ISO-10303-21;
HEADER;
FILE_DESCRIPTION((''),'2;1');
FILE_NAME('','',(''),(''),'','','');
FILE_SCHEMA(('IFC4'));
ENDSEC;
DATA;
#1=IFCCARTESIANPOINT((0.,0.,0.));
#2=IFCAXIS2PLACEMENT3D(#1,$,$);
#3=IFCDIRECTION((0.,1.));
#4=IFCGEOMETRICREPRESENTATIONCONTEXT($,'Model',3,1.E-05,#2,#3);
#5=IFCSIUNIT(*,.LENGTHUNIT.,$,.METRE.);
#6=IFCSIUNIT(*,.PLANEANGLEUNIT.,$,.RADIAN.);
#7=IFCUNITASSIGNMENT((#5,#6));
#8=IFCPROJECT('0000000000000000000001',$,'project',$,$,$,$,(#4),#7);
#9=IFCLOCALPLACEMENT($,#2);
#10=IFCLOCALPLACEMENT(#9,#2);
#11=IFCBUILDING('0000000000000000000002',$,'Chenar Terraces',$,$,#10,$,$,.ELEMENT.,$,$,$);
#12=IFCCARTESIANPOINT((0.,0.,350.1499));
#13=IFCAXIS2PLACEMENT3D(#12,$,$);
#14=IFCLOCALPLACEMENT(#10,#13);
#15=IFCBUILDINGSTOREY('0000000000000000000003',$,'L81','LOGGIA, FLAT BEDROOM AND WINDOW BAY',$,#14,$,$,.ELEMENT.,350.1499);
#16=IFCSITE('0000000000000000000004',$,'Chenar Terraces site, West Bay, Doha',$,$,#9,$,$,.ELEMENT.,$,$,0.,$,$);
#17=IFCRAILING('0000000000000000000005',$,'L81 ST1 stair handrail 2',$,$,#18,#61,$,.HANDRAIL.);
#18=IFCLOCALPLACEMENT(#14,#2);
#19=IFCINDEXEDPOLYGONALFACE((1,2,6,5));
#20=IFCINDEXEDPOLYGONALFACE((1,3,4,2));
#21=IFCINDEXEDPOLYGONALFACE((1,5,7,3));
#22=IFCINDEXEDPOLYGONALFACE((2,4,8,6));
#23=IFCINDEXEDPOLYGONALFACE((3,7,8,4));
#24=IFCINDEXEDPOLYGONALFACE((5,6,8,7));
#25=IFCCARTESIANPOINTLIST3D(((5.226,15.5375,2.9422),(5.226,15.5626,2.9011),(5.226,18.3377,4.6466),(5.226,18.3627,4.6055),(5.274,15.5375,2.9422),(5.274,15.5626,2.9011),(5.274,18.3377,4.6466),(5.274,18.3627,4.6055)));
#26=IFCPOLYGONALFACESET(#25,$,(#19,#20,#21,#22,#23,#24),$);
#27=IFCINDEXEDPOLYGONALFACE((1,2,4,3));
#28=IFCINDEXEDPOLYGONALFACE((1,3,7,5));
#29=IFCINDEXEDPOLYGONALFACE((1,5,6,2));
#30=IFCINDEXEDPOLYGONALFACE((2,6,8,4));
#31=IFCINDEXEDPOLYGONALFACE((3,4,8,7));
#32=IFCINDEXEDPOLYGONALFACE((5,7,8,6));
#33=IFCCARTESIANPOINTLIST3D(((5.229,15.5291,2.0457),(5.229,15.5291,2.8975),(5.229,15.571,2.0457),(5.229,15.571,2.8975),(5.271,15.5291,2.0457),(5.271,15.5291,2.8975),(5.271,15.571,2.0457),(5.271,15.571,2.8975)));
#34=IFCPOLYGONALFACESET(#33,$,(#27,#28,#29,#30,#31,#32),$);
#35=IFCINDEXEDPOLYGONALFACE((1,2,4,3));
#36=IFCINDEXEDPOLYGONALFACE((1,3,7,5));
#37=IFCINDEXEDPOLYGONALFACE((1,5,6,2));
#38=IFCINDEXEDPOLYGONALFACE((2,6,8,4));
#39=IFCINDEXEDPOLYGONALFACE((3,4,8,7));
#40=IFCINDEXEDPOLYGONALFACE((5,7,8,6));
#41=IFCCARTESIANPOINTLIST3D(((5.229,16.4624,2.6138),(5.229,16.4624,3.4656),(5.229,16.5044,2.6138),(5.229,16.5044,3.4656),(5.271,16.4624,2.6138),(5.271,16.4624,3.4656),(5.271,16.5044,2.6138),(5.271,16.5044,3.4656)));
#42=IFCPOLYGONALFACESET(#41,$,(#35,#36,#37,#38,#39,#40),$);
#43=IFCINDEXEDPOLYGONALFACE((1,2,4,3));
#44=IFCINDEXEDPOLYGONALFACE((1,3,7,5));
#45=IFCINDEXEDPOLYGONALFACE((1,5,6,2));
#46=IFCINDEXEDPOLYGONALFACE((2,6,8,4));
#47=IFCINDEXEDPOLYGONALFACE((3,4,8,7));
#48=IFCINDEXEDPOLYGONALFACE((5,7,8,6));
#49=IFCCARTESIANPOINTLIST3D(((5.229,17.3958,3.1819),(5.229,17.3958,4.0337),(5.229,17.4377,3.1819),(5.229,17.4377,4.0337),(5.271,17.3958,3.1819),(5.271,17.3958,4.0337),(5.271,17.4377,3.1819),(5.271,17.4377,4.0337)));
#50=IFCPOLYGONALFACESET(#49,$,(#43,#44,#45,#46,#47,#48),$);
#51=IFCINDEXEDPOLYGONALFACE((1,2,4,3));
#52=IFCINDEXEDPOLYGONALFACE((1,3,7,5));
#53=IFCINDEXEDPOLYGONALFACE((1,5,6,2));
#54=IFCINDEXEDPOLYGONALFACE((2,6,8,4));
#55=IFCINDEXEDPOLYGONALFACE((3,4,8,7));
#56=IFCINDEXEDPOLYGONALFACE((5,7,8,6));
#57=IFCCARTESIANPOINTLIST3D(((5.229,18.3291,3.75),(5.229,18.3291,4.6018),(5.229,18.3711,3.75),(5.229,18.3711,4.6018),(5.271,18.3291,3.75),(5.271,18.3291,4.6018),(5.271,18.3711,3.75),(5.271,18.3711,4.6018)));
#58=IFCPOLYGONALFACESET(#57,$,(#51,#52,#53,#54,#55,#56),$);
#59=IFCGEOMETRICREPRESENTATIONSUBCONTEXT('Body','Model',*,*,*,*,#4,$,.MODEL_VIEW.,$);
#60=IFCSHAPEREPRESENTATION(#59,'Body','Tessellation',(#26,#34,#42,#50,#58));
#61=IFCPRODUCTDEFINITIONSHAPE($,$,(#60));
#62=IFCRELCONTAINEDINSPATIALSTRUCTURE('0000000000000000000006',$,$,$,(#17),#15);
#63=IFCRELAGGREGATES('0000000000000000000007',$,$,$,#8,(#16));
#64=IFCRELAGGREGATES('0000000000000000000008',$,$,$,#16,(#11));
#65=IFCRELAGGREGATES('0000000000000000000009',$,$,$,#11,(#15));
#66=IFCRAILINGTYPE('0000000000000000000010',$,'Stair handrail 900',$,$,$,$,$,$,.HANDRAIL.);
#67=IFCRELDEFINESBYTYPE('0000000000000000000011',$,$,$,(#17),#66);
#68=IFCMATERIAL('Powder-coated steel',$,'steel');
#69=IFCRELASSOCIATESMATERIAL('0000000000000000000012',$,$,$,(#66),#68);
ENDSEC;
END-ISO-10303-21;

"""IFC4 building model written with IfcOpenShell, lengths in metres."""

from ifc_helpers import new_model, si_unit, direction, frame, origin, origin_2d, place, context, subcontext, project, spatial, rectangle, extrude, material, type_object, element, save


model = new_model("IFC4")

# Units and contexts
model_context = context("Model", 3, precision=1e-05, world=origin(), true_north=direction((0.0, 1.0)))
body_context = subcontext(model_context, "Body", "Model", "MODEL_VIEW")
ifc_project = project(units=[si_unit("LENGTHUNIT", "METRE"), si_unit("PLANEANGLEUNIT", "RADIAN")], contexts=[model_context])

# Site, building, storey
site_placement = place(None, origin())
site = spatial("IfcSite", under=ifc_project, at=site_placement, Name="Chenar Terraces site, West Bay, Doha", CompositionType="ELEMENT", RefElevation=0.0)
building_placement = place(site_placement, origin())
building = spatial("IfcBuilding", under=site, at=building_placement, Name="Chenar Terraces", CompositionType="ELEMENT")
storey_placement = place(building_placement, frame((0.0, 0.0, 350.1499)))
storey = spatial("IfcBuildingStorey", under=building, at=storey_placement, Name="L81", Description="LOGGIA, FLAT BEDROOM AND WINDOW BAY", CompositionType="ELEMENT", Elevation=350.1499)

# Railing
ifc_material_1 = material(Name="Powder-coated steel", Category="steel")
railing_type_1 = type_object("IfcRailingType", Name="Stair handrail 900", PredefinedType="HANDRAIL", material=ifc_material_1)
railing_1_placement = place(storey_placement, frame((5.25, 15.55, 2.0457)))
element("IfcRailing", 1, at=railing_1_placement, inside=storey, type_object=railing_type_1, Name="L81 ST1 stair handrail 2", PredefinedType="HANDRAIL", context=body_context, shape_type="SweptSolid", body=[
    extrude(rectangle(XDim=0.0481, YDim=0.0481, at=origin_2d()), frame((0.0, 0.0, 0.876), z_axis=(0.0, 0.854203, 0.51994), x_axis=(-1.0, 0.0, 0.0)), (0.0, 0.0, 1.0), 3.2781),
    extrude(rectangle(XDim=0.042, YDim=0.042, at=origin_2d()), origin(), (0.0, 0.0, 1.0), 0.8518),
    extrude(rectangle(XDim=0.042, YDim=0.042, at=origin_2d()), frame((0.0, 0.9333, 0.5681)), (0.0, 0.0, 1.0), 0.8518),
    extrude(rectangle(XDim=0.042, YDim=0.042, at=origin_2d()), frame((0.0, 1.8667, 1.1362)), (0.0, 0.0, 1.0), 0.8518),
    extrude(rectangle(XDim=0.042, YDim=0.042, at=origin_2d()), frame((0.0, 2.8, 1.7043)), (0.0, 0.0, 1.0), 0.8518),
])

save(model, "model.ifc")
